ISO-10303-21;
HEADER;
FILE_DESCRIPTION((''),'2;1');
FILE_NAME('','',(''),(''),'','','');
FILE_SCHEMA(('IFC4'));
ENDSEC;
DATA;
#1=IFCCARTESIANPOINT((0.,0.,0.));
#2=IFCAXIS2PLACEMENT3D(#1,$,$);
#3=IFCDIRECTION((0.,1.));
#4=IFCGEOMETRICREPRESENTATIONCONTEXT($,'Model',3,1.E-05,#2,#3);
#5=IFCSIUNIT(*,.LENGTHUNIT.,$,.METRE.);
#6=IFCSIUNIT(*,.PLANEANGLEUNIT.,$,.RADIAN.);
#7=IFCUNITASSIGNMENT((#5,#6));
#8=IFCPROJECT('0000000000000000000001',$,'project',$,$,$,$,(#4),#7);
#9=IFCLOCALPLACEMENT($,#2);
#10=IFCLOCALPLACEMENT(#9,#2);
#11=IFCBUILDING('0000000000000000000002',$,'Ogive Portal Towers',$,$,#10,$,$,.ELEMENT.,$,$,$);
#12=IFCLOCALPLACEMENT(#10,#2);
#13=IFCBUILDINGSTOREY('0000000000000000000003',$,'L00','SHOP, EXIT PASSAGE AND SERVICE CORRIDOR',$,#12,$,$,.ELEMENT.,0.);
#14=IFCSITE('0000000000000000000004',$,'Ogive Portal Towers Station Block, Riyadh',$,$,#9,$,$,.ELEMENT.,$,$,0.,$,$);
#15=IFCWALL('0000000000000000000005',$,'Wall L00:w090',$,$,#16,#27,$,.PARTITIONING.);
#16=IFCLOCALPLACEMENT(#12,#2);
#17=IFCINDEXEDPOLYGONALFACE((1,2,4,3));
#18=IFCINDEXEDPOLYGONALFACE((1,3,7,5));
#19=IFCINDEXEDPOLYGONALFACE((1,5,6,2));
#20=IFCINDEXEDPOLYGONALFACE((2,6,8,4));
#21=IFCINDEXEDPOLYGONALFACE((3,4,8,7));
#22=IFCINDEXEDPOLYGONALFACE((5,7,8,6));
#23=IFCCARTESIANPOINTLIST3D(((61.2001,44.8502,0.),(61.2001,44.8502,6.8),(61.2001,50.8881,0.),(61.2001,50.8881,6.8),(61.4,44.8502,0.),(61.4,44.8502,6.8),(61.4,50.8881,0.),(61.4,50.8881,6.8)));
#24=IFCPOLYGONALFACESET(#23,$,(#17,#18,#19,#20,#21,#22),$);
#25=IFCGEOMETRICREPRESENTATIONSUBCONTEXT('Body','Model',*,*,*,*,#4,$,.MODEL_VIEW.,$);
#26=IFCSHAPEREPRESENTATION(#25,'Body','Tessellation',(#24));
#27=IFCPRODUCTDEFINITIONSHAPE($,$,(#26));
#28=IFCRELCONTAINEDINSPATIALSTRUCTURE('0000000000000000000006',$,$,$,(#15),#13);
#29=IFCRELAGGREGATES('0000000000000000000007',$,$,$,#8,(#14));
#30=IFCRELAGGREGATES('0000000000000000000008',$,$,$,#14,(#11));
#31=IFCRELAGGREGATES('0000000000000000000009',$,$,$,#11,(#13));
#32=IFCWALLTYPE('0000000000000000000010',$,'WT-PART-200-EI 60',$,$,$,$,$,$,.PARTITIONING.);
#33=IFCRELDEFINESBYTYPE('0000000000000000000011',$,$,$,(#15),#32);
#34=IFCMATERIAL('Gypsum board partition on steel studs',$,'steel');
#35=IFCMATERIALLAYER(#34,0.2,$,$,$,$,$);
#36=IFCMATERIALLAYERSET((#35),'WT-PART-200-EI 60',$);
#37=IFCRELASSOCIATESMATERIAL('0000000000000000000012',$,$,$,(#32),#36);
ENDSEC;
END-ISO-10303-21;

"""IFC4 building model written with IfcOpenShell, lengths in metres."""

from ifc_helpers import new_model, si_unit, direction, frame, frame_2d, origin, place, context, subcontext, project, spatial, rectangle, extrude, material, layer, layer_set, type_object, element, save


model = new_model("IFC4")

# Units and contexts
model_context = context("Model", 3, precision=1e-05, world=origin(), true_north=direction((0.0, 1.0)))
body_context = subcontext(model_context, "Body", "Model", "MODEL_VIEW")
ifc_project = project(units=[si_unit("LENGTHUNIT", "METRE"), si_unit("PLANEANGLEUNIT", "RADIAN")], contexts=[model_context])

# Site, building, storey
site_placement = place(None, origin())
site = spatial("IfcSite", under=ifc_project, at=site_placement, Name="Ogive Portal Towers Station Block, Riyadh", CompositionType="ELEMENT", RefElevation=0.0)
building_placement = place(site_placement, origin())
building = spatial("IfcBuilding", under=site, at=building_placement, Name="Ogive Portal Towers", CompositionType="ELEMENT")
storey_placement = place(building_placement, origin())
storey = spatial("IfcBuildingStorey", under=building, at=storey_placement, Name="L00", Description="SHOP, EXIT PASSAGE AND SERVICE CORRIDOR", CompositionType="ELEMENT", Elevation=0.0)

# Wall
ifc_material_1 = material(Name="Gypsum board partition on steel studs", Category="steel")
ifc_layer_1 = layer(ifc_material_1, 0.2)
ifc_layer_set_1 = layer_set([ifc_layer_1], Name="WT-PART-200-EI 60")
wall_type_1 = type_object("IfcWallType", Name="WT-PART-200-EI 60", PredefinedType="PARTITIONING", material=ifc_layer_set_1)
wall_1_placement = place(storey_placement, frame((61.3, 44.8501, 0.0), z_axis=(0.0, 0.0, 1.0), x_axis=(0.0, 1.0, 0.0)))
element("IfcWall", 1, at=wall_1_placement, inside=storey, type_object=wall_type_1, Name="Wall L00:w090", PredefinedType="PARTITIONING", context=body_context, shape_type="SweptSolid", body=[
    extrude(rectangle(XDim=6.0378, YDim=0.2, at=frame_2d((3.019, 0.0))), origin(), (0.0, 0.0, 1.0), 6.8),
])

save(model, "model.ifc")
